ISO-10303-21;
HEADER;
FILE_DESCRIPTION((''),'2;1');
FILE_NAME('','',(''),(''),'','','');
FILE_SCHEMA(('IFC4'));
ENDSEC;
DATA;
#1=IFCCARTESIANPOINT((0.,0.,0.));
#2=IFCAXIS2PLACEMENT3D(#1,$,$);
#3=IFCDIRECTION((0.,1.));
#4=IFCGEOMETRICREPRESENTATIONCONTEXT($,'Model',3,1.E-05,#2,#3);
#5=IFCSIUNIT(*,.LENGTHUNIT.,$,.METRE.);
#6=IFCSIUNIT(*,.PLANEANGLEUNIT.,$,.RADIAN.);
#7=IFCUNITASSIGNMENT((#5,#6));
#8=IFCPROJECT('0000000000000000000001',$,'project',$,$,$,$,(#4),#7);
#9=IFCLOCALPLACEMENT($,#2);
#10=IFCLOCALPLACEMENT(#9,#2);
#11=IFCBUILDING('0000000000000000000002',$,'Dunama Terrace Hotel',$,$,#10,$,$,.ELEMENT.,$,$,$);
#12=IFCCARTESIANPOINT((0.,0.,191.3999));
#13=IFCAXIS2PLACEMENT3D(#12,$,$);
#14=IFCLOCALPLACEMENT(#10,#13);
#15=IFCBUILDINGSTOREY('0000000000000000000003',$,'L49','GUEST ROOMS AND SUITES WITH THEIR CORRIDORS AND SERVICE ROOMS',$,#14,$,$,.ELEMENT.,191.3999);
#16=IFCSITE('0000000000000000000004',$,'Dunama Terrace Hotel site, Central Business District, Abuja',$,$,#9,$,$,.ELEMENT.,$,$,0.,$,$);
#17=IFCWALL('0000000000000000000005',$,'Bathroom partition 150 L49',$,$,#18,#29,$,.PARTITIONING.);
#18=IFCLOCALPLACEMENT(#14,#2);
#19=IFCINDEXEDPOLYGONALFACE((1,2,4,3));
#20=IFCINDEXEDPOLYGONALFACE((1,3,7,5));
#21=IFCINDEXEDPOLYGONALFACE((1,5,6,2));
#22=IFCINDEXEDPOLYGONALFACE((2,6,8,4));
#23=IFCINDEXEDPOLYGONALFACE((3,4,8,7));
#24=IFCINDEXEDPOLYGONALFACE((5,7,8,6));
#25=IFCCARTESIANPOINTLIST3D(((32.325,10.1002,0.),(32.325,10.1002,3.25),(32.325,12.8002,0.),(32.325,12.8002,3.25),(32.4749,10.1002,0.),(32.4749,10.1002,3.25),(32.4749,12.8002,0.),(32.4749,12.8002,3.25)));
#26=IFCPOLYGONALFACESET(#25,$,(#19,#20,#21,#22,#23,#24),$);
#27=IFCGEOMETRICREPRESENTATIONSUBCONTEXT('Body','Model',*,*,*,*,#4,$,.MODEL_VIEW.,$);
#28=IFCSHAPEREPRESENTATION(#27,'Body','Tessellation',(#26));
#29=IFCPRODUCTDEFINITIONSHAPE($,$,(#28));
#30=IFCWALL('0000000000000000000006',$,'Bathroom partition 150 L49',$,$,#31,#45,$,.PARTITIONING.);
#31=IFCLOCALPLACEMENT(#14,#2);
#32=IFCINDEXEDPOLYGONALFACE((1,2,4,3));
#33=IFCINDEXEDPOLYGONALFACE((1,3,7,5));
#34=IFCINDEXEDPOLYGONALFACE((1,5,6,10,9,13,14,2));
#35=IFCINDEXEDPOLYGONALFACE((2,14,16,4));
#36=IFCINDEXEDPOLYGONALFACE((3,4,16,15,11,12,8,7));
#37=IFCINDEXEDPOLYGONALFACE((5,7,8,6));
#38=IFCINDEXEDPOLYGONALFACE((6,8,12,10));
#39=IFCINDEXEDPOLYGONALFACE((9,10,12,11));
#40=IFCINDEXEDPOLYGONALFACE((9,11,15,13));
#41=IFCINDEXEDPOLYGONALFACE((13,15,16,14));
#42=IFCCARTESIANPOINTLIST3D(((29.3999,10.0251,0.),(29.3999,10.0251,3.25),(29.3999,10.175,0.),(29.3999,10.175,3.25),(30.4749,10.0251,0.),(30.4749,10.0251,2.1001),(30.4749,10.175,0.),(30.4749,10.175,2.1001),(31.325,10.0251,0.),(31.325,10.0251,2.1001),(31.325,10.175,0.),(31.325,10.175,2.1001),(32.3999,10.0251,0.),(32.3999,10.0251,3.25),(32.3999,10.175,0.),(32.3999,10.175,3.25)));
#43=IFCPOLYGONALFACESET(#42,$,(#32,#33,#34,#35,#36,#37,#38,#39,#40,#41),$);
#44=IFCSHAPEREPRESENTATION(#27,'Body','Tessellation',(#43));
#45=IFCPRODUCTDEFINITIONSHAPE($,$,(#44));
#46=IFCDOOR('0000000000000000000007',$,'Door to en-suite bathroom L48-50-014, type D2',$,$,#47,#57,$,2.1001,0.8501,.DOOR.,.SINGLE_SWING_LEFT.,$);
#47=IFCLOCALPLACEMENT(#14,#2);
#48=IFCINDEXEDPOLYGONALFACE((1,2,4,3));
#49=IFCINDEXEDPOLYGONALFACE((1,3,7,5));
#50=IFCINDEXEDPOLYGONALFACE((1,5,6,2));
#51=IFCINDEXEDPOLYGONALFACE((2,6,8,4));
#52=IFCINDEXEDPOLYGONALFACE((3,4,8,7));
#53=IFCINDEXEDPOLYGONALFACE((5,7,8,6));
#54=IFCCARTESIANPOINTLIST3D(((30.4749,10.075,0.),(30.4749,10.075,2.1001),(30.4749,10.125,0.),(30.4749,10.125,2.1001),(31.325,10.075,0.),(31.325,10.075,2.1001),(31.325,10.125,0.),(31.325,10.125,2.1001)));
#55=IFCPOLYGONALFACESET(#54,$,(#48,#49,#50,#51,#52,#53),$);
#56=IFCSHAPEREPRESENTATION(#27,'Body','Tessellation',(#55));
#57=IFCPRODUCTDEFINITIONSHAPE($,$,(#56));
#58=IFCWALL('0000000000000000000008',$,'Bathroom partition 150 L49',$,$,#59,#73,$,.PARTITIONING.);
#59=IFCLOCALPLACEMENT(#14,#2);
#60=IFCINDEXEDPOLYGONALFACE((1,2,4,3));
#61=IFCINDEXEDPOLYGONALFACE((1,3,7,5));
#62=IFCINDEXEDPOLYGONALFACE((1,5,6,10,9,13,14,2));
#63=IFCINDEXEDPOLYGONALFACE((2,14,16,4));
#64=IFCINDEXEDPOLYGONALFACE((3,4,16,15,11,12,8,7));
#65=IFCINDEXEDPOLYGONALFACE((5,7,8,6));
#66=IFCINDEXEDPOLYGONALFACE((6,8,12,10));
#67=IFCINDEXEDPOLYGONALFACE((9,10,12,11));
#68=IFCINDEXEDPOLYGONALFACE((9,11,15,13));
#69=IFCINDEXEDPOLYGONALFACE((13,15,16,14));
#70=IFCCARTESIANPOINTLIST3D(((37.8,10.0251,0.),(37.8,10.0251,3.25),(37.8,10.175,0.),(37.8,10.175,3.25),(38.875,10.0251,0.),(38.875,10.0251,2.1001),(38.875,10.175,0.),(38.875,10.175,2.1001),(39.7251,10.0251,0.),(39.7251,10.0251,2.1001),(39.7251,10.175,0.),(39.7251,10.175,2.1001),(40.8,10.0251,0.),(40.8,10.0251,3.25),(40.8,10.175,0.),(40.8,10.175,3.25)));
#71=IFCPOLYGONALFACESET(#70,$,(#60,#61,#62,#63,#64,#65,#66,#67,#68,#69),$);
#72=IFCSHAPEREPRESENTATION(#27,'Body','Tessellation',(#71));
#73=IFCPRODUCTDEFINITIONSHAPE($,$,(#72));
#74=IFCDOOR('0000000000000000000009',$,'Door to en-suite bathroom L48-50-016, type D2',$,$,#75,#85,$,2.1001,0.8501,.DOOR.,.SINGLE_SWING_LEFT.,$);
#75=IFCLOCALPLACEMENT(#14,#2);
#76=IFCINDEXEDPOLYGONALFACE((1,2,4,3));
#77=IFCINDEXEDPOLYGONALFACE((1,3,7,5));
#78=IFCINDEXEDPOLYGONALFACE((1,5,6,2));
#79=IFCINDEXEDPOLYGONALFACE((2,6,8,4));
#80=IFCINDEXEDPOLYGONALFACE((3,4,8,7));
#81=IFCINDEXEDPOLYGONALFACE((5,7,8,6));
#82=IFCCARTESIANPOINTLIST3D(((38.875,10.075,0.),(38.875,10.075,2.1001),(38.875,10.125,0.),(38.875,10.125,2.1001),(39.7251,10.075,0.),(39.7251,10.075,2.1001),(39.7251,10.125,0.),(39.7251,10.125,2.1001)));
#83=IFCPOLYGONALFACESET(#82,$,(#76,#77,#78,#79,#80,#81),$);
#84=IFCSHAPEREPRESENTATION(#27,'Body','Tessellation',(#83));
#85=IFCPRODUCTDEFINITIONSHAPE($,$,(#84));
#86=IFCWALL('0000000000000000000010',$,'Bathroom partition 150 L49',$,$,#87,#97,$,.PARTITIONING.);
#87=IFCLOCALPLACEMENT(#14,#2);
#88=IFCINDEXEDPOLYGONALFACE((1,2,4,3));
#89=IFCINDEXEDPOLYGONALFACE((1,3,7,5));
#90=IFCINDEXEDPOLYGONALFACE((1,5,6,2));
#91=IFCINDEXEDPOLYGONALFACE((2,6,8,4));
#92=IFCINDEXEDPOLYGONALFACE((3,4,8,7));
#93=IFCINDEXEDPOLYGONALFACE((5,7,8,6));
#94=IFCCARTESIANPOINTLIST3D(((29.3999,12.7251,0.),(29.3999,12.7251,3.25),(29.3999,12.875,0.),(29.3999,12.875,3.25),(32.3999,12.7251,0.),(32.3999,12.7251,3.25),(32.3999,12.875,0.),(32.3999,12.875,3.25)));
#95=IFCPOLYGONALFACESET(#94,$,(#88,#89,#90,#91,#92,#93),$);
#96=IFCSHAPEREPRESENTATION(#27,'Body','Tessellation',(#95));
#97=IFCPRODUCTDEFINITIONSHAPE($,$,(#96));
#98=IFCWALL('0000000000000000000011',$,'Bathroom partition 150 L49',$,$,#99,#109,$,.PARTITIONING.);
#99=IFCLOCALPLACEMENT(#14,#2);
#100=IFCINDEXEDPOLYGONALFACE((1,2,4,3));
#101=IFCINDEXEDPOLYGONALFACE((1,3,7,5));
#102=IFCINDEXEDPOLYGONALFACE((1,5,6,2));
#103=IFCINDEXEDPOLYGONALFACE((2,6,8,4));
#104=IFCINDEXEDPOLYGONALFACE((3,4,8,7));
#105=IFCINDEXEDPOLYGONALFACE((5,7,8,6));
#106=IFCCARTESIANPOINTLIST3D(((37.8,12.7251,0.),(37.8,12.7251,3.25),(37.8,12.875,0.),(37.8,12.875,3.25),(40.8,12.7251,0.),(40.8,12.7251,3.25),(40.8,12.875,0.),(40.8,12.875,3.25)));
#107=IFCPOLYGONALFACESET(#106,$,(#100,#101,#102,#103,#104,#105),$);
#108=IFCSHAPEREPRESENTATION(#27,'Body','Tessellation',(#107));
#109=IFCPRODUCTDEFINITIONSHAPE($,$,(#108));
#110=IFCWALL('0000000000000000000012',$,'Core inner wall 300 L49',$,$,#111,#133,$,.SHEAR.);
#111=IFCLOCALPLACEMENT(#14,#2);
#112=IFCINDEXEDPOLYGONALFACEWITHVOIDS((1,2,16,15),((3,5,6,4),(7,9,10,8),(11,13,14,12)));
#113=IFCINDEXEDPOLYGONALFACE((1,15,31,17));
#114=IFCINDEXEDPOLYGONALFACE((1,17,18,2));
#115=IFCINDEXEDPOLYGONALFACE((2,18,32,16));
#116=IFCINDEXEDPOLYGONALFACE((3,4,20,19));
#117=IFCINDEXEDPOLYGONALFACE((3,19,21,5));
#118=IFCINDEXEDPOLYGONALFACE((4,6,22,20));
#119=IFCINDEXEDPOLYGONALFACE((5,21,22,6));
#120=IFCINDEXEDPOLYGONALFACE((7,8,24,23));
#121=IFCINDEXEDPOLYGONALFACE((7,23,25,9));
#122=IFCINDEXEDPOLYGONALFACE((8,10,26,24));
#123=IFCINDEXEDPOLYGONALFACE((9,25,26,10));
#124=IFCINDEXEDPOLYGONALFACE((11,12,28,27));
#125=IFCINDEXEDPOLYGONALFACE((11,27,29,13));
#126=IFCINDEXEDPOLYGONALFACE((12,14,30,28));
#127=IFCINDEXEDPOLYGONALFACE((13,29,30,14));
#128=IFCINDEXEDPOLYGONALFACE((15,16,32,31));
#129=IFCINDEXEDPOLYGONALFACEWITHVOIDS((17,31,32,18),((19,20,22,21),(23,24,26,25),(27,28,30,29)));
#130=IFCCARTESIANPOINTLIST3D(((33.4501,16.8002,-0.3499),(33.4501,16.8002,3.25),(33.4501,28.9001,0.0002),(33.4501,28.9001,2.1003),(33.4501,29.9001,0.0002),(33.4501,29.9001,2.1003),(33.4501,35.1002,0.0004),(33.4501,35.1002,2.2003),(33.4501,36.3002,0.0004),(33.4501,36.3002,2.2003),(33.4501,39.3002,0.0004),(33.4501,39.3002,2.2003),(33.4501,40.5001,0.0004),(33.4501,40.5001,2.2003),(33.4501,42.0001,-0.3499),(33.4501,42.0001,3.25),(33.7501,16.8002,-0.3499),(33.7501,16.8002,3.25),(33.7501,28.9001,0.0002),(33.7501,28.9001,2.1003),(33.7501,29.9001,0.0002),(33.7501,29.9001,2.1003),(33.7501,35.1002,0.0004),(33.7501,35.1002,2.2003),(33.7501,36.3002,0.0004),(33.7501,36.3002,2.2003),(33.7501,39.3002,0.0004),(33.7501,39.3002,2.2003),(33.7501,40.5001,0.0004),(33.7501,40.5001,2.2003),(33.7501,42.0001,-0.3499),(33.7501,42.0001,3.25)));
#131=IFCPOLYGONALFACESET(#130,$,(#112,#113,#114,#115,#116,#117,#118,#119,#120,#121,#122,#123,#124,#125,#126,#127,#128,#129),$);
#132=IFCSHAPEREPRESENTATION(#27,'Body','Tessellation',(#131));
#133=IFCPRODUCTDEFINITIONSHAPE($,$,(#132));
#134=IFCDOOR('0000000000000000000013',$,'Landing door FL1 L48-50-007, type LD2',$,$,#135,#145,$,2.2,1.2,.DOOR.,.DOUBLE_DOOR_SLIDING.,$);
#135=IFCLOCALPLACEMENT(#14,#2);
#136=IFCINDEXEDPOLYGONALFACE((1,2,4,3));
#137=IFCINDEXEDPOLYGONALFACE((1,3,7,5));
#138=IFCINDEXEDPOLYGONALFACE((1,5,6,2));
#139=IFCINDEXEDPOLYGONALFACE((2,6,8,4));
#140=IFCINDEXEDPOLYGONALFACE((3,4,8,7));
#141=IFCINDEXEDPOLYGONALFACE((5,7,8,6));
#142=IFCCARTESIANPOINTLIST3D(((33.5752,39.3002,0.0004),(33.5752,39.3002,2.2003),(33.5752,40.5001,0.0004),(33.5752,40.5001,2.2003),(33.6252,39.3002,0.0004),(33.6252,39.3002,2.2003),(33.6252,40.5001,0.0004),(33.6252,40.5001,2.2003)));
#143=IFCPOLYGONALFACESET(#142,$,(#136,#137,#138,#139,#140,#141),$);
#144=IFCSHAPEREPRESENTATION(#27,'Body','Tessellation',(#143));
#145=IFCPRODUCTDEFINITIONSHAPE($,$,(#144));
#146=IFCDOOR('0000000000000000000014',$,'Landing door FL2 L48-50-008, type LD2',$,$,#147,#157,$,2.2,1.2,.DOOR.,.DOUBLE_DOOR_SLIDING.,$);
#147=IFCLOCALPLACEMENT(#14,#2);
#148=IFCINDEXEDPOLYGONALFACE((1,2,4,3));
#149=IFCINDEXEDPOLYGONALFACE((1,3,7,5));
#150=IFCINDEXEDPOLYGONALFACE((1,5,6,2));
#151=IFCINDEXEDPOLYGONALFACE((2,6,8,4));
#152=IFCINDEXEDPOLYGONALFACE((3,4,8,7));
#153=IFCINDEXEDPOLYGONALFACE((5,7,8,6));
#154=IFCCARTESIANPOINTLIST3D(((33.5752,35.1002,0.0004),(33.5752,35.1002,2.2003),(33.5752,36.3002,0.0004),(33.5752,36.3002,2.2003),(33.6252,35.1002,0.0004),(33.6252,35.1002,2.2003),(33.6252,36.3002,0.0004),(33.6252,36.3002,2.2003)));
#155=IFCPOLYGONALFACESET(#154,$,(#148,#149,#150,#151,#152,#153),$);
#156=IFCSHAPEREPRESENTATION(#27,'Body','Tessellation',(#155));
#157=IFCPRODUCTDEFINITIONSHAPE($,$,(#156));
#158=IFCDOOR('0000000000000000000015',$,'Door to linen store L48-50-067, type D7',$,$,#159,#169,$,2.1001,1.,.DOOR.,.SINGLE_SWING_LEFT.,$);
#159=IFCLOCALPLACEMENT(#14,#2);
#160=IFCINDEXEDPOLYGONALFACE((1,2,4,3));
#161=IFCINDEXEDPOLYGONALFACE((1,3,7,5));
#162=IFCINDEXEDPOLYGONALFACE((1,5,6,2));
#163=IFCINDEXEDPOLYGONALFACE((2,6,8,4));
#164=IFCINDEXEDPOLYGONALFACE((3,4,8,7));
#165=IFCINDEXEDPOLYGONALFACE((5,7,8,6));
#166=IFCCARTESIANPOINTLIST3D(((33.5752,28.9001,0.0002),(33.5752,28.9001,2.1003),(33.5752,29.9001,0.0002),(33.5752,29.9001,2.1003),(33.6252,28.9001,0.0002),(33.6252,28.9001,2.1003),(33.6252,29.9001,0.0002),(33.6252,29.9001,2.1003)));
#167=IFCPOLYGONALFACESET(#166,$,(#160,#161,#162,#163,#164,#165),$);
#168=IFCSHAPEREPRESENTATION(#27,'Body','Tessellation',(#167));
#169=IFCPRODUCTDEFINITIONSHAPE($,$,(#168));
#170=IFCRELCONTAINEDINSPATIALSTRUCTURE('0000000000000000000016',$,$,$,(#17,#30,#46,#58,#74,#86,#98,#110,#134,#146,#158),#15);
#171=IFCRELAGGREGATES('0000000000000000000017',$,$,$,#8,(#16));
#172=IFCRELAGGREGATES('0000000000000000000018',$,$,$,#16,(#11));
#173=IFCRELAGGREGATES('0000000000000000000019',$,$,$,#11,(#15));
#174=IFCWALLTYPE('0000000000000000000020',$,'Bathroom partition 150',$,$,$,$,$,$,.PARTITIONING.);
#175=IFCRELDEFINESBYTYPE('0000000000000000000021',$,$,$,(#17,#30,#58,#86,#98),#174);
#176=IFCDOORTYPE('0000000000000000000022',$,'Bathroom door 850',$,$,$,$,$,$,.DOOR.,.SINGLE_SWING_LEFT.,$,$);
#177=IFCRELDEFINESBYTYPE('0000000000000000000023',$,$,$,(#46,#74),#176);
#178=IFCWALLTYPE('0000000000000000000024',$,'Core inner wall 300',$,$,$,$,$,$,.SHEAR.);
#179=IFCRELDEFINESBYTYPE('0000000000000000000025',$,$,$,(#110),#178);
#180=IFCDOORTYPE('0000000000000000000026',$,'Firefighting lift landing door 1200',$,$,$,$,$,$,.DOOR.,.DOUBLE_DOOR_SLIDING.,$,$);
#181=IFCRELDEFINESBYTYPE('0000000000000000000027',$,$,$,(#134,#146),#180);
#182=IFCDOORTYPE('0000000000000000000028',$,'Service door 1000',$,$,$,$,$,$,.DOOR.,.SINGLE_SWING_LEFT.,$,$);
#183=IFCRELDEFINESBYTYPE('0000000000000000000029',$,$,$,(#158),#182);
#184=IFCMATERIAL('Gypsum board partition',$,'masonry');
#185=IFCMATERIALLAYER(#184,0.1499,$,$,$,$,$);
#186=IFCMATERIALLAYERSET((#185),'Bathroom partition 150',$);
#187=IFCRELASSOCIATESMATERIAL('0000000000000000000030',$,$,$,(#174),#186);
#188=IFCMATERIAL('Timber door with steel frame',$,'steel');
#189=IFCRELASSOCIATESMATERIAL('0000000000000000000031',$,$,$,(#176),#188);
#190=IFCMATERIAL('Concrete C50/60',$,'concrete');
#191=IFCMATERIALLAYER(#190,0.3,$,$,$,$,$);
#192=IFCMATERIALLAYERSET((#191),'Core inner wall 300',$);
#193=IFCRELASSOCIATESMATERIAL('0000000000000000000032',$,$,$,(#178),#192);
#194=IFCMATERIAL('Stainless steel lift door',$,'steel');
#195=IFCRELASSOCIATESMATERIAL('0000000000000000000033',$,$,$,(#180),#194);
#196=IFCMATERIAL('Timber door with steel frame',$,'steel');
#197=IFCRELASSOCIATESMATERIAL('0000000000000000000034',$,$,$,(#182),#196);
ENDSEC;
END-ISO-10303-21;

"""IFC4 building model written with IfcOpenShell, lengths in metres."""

from ifc_helpers import new_model, si_unit, direction, frame, frame_2d, origin, place, context, subcontext, project, spatial, rectangle, extrude, material, layer, layer_set, type_object, element, fill, save


model = new_model("IFC4")

# Units and contexts
model_context = context("Model", 3, precision=1e-05, world=origin(), true_north=direction((0.0, 1.0)))
body_context = subcontext(model_context, "Body", "Model", "MODEL_VIEW")
ifc_project = project(units=[si_unit("LENGTHUNIT", "METRE"), si_unit("PLANEANGLEUNIT", "RADIAN")], contexts=[model_context])

# Site, building, storey
site_placement = place(None, origin())
site = spatial("IfcSite", under=ifc_project, at=site_placement, Name="Dunama Terrace Hotel site, Central Business District, Abuja", CompositionType="ELEMENT", RefElevation=0.0)
building_placement = place(site_placement, origin())
building = spatial("IfcBuilding", under=site, at=building_placement, Name="Dunama Terrace Hotel", CompositionType="ELEMENT")
storey_placement = place(building_placement, frame((0.0, 0.0, 191.3999)))
storey = spatial("IfcBuildingStorey", under=building, at=storey_placement, Name="L49", Description="GUEST ROOMS AND SUITES WITH THEIR CORRIDORS AND SERVICE ROOMS", CompositionType="ELEMENT", Elevation=191.3999)

# Wall
ifc_material_1 = material(Name="Gypsum board partition", Category="masonry")
ifc_layer_1 = layer(ifc_material_1, 0.1499)
ifc_layer_set_1 = layer_set([ifc_layer_1], Name="Bathroom partition 150")
wall_type_1 = type_object("IfcWallType", Name="Bathroom partition 150", PredefinedType="PARTITIONING", material=ifc_layer_set_1)
wall_1_placement = place(storey_placement, frame((32.3999, 10.1001, 0.0), z_axis=(0.0, 0.0, 1.0), x_axis=(0.0, 1.0, 0.0)))
element("IfcWall", 1, at=wall_1_placement, inside=storey, type_object=wall_type_1, Name="Bathroom partition 150 L49", PredefinedType="PARTITIONING", context=body_context, shape_type="SweptSolid", body=[
    extrude(rectangle(XDim=2.7, YDim=0.1499, at=frame_2d((1.3501, 0.0))), origin(), (0.0, 0.0, 1.0), 3.25),
])

# Walls, openings, doors
wall_2_placement = place(storey_placement, frame((29.3999, 10.1001, 0.0), z_axis=(0.0, 0.0, 1.0), x_axis=(1.0, 0.0, 0.0)))
wall_2 = element("IfcWall", 2, at=wall_2_placement, inside=storey, type_object=wall_type_1, Name="Bathroom partition 150 L49", PredefinedType="PARTITIONING", context=body_context, shape_type="SweptSolid", body=[
    extrude(rectangle(XDim=3.0, YDim=0.1499, at=frame_2d((1.5, 0.0))), origin(), (0.0, 0.0, 1.0), 3.25),
])
opening_1_placement = place(wall_2_placement, frame((1.075, 0.0, 0.0)))
opening_1 = element("IfcOpeningElement", 3, at=opening_1_placement, cuts=wall_2, PredefinedType="OPENING", context=body_context, shape_type="SweptSolid", body=[
    extrude(rectangle(XDim=0.8501, YDim=2.1001, at=frame_2d((0.425, 1.05))), frame((0.0, 0.085, 0.0), z_axis=(0.0, -1.0, 0.0), x_axis=(1.0, 0.0, 0.0)), (0.0, 0.0, 1.0), 0.1699),
])
ifc_material_2 = material(Name="Timber door with steel frame", Category="steel")
door_type_1 = type_object("IfcDoorType", Name="Bathroom door 850", OperationType="SINGLE_SWING_LEFT", PredefinedType="DOOR", material=ifc_material_2)
door_1_placement = place(opening_1_placement, origin())
door_1 = element("IfcDoor", 4, at=door_1_placement, inside=storey, type_object=door_type_1, Name="Door to en-suite bathroom L48-50-014, type D2", OperationType="SINGLE_SWING_LEFT", OverallHeight=2.1001, OverallWidth=0.8501, PredefinedType="DOOR", context=body_context, shape_type="SweptSolid", body=[
    extrude(rectangle(XDim=0.8501, YDim=2.1001, at=frame_2d((0.425, 1.05))), frame((0.0, 0.0249, 0.0), z_axis=(0.0, -1.0, 0.0), x_axis=(1.0, 0.0, 0.0)), (0.0, 0.0, 1.0), 0.05),
])
fill(opening_1, door_1)
wall_3_placement = place(storey_placement, frame((37.8, 10.1001, 0.0), z_axis=(0.0, 0.0, 1.0), x_axis=(1.0, 0.0, 0.0)))
wall_3 = element("IfcWall", 5, at=wall_3_placement, inside=storey, type_object=wall_type_1, Name="Bathroom partition 150 L49", PredefinedType="PARTITIONING", context=body_context, shape_type="SweptSolid", body=[
    extrude(rectangle(XDim=3.0, YDim=0.1499, at=frame_2d((1.5, 0.0))), origin(), (0.0, 0.0, 1.0), 3.25),
])
opening_2_placement = place(wall_3_placement, frame((1.075, 0.0, 0.0)))
opening_2 = element("IfcOpeningElement", 6, at=opening_2_placement, cuts=wall_3, PredefinedType="OPENING", context=body_context, shape_type="SweptSolid", body=[
    extrude(rectangle(XDim=0.8501, YDim=2.1001, at=frame_2d((0.425, 1.05))), frame((0.0, 0.085, 0.0), z_axis=(0.0, -1.0, 0.0), x_axis=(1.0, 0.0, 0.0)), (0.0, 0.0, 1.0), 0.1699),
])
door_2_placement = place(opening_2_placement, origin())
door_2 = element("IfcDoor", 7, at=door_2_placement, inside=storey, type_object=door_type_1, Name="Door to en-suite bathroom L48-50-016, type D2", OperationType="SINGLE_SWING_LEFT", OverallHeight=2.1001, OverallWidth=0.8501, PredefinedType="DOOR", context=body_context, shape_type="SweptSolid", body=[
    extrude(rectangle(XDim=0.8501, YDim=2.1001, at=frame_2d((0.425, 1.05))), frame((0.0, 0.0249, 0.0), z_axis=(0.0, -1.0, 0.0), x_axis=(1.0, 0.0, 0.0)), (0.0, 0.0, 1.0), 0.05),
])
fill(opening_2, door_2)

# Walls
for number, where, z_axis, x_axis, name in (
    (8, (29.3999, 12.8, 0.0), (0.0, 0.0, 1.0), (1.0, 0.0, 0.0), "Bathroom partition 150 L49"),
    (9, (37.8, 12.8, 0.0), (0.0, 0.0, 1.0), (1.0, 0.0, 0.0), "Bathroom partition 150 L49"),
):
    element("IfcWall", number, at=place(storey_placement, frame(where, z_axis=z_axis, x_axis=x_axis)), inside=storey, type_object=wall_type_1, Name=name, PredefinedType="PARTITIONING", context=body_context, shape_type="SweptSolid", body=[
        extrude(rectangle(XDim=3.0, YDim=0.1499, at=frame_2d((1.5, 0.0))), origin(), (0.0, 0.0, 1.0), 3.25),
    ])

# Wall, openings, doors
ifc_material_3 = material(Name="Concrete C50/60", Category="concrete")
ifc_layer_2 = layer(ifc_material_3, 0.3)
ifc_layer_set_2 = layer_set([ifc_layer_2], Name="Core inner wall 300")
wall_type_2 = type_object("IfcWallType", Name="Core inner wall 300", PredefinedType="SHEAR", material=ifc_layer_set_2)
wall_4_placement = place(storey_placement, frame((33.6001, 16.8, -0.3499), z_axis=(0.0, 0.0, 1.0), x_axis=(0.0, 1.0, 0.0)))
wall_4 = element("IfcWall", 10, at=wall_4_placement, inside=storey, type_object=wall_type_2, Name="Core inner wall 300 L49", PredefinedType="SHEAR", context=body_context, shape_type="SweptSolid", body=[
    extrude(rectangle(XDim=25.2, YDim=0.3, at=frame_2d((12.6001, 0.0))), origin(), (0.0, 0.0, 1.0), 3.5999),
])
opening_3_placement = place(wall_4_placement, frame((22.5, 0.0, 0.3501)))
opening_3 = element("IfcOpeningElement", 11, at=opening_3_placement, cuts=wall_4, PredefinedType="OPENING", context=body_context, shape_type="SweptSolid", body=[
    extrude(rectangle(XDim=1.2, YDim=2.2, at=frame_2d((0.6001, 1.1001))), frame((0.0, 0.1599, 0.0), z_axis=(0.0, -1.0, 0.0), x_axis=(1.0, 0.0, 0.0)), (0.0, 0.0, 1.0), 0.3201),
])
opening_4_placement = place(wall_4_placement, frame((18.3, 0.0, 0.3501)))
opening_4 = element("IfcOpeningElement", 12, at=opening_4_placement, cuts=wall_4, PredefinedType="OPENING", context=body_context, shape_type="SweptSolid", body=[
    extrude(rectangle(XDim=1.2, YDim=2.2, at=frame_2d((0.6001, 1.1001))), frame((0.0, 0.1599, 0.0), z_axis=(0.0, -1.0, 0.0), x_axis=(1.0, 0.0, 0.0)), (0.0, 0.0, 1.0), 0.3201),
])
opening_5_placement = place(wall_4_placement, frame((12.1001, 0.0, 0.3501)))
opening_5 = element("IfcOpeningElement", 13, at=opening_5_placement, cuts=wall_4, PredefinedType="OPENING", context=body_context, shape_type="SweptSolid", body=[
    extrude(rectangle(XDim=1.0, YDim=2.1001, at=frame_2d((0.5, 1.05))), frame((0.0, 0.1599, 0.0), z_axis=(0.0, -1.0, 0.0), x_axis=(1.0, 0.0, 0.0)), (0.0, 0.0, 1.0), 0.3201),
])
ifc_material_4 = material(Name="Stainless steel lift door", Category="steel")
door_type_2 = type_object("IfcDoorType", Name="Firefighting lift landing door 1200", OperationType="DOUBLE_DOOR_SLIDING", PredefinedType="DOOR", material=ifc_material_4)
door_3_placement = place(opening_3_placement, origin())
door_3 = element("IfcDoor", 14, at=door_3_placement, inside=storey, type_object=door_type_2, Name="Landing door FL1 L48-50-007, type LD2", OperationType="DOUBLE_DOOR_SLIDING", OverallHeight=2.2, OverallWidth=1.2, PredefinedType="DOOR", context=body_context, shape_type="SweptSolid", body=[
    extrude(rectangle(XDim=1.2, YDim=2.2, at=frame_2d((0.6001, 1.1001))), frame((0.0, 0.0249, 0.0), z_axis=(0.0, -1.0, 0.0), x_axis=(1.0, 0.0, 0.0)), (0.0, 0.0, 1.0), 0.05),
])
fill(opening_3, door_3)
door_4_placement = place(opening_4_placement, origin())
door_4 = element("IfcDoor", 15, at=door_4_placement, inside=storey, type_object=door_type_2, Name="Landing door FL2 L48-50-008, type LD2", OperationType="DOUBLE_DOOR_SLIDING", OverallHeight=2.2, OverallWidth=1.2, PredefinedType="DOOR", context=body_context, shape_type="SweptSolid", body=[
    extrude(rectangle(XDim=1.2, YDim=2.2, at=frame_2d((0.6001, 1.1001))), frame((0.0, 0.0249, 0.0), z_axis=(0.0, -1.0, 0.0), x_axis=(1.0, 0.0, 0.0)), (0.0, 0.0, 1.0), 0.05),
])
fill(opening_4, door_4)
ifc_material_5 = material(Name="Timber door with steel frame", Category="steel")
door_type_3 = type_object("IfcDoorType", Name="Service door 1000", OperationType="SINGLE_SWING_LEFT", PredefinedType="DOOR", material=ifc_material_5)
door_5_placement = place(opening_5_placement, origin())
door_5 = element("IfcDoor", 16, at=door_5_placement, inside=storey, type_object=door_type_3, Name="Door to linen store L48-50-067, type D7", OperationType="SINGLE_SWING_LEFT", OverallHeight=2.1001, OverallWidth=1.0, PredefinedType="DOOR", context=body_context, shape_type="SweptSolid", body=[
    extrude(rectangle(XDim=1.0, YDim=2.1001, at=frame_2d((0.5, 1.05))), frame((0.0, 0.0249, 0.0), z_axis=(0.0, -1.0, 0.0), x_axis=(1.0, 0.0, 0.0)), (0.0, 0.0, 1.0), 0.05),
])
fill(opening_5, door_5)

save(model, "model.ifc")
